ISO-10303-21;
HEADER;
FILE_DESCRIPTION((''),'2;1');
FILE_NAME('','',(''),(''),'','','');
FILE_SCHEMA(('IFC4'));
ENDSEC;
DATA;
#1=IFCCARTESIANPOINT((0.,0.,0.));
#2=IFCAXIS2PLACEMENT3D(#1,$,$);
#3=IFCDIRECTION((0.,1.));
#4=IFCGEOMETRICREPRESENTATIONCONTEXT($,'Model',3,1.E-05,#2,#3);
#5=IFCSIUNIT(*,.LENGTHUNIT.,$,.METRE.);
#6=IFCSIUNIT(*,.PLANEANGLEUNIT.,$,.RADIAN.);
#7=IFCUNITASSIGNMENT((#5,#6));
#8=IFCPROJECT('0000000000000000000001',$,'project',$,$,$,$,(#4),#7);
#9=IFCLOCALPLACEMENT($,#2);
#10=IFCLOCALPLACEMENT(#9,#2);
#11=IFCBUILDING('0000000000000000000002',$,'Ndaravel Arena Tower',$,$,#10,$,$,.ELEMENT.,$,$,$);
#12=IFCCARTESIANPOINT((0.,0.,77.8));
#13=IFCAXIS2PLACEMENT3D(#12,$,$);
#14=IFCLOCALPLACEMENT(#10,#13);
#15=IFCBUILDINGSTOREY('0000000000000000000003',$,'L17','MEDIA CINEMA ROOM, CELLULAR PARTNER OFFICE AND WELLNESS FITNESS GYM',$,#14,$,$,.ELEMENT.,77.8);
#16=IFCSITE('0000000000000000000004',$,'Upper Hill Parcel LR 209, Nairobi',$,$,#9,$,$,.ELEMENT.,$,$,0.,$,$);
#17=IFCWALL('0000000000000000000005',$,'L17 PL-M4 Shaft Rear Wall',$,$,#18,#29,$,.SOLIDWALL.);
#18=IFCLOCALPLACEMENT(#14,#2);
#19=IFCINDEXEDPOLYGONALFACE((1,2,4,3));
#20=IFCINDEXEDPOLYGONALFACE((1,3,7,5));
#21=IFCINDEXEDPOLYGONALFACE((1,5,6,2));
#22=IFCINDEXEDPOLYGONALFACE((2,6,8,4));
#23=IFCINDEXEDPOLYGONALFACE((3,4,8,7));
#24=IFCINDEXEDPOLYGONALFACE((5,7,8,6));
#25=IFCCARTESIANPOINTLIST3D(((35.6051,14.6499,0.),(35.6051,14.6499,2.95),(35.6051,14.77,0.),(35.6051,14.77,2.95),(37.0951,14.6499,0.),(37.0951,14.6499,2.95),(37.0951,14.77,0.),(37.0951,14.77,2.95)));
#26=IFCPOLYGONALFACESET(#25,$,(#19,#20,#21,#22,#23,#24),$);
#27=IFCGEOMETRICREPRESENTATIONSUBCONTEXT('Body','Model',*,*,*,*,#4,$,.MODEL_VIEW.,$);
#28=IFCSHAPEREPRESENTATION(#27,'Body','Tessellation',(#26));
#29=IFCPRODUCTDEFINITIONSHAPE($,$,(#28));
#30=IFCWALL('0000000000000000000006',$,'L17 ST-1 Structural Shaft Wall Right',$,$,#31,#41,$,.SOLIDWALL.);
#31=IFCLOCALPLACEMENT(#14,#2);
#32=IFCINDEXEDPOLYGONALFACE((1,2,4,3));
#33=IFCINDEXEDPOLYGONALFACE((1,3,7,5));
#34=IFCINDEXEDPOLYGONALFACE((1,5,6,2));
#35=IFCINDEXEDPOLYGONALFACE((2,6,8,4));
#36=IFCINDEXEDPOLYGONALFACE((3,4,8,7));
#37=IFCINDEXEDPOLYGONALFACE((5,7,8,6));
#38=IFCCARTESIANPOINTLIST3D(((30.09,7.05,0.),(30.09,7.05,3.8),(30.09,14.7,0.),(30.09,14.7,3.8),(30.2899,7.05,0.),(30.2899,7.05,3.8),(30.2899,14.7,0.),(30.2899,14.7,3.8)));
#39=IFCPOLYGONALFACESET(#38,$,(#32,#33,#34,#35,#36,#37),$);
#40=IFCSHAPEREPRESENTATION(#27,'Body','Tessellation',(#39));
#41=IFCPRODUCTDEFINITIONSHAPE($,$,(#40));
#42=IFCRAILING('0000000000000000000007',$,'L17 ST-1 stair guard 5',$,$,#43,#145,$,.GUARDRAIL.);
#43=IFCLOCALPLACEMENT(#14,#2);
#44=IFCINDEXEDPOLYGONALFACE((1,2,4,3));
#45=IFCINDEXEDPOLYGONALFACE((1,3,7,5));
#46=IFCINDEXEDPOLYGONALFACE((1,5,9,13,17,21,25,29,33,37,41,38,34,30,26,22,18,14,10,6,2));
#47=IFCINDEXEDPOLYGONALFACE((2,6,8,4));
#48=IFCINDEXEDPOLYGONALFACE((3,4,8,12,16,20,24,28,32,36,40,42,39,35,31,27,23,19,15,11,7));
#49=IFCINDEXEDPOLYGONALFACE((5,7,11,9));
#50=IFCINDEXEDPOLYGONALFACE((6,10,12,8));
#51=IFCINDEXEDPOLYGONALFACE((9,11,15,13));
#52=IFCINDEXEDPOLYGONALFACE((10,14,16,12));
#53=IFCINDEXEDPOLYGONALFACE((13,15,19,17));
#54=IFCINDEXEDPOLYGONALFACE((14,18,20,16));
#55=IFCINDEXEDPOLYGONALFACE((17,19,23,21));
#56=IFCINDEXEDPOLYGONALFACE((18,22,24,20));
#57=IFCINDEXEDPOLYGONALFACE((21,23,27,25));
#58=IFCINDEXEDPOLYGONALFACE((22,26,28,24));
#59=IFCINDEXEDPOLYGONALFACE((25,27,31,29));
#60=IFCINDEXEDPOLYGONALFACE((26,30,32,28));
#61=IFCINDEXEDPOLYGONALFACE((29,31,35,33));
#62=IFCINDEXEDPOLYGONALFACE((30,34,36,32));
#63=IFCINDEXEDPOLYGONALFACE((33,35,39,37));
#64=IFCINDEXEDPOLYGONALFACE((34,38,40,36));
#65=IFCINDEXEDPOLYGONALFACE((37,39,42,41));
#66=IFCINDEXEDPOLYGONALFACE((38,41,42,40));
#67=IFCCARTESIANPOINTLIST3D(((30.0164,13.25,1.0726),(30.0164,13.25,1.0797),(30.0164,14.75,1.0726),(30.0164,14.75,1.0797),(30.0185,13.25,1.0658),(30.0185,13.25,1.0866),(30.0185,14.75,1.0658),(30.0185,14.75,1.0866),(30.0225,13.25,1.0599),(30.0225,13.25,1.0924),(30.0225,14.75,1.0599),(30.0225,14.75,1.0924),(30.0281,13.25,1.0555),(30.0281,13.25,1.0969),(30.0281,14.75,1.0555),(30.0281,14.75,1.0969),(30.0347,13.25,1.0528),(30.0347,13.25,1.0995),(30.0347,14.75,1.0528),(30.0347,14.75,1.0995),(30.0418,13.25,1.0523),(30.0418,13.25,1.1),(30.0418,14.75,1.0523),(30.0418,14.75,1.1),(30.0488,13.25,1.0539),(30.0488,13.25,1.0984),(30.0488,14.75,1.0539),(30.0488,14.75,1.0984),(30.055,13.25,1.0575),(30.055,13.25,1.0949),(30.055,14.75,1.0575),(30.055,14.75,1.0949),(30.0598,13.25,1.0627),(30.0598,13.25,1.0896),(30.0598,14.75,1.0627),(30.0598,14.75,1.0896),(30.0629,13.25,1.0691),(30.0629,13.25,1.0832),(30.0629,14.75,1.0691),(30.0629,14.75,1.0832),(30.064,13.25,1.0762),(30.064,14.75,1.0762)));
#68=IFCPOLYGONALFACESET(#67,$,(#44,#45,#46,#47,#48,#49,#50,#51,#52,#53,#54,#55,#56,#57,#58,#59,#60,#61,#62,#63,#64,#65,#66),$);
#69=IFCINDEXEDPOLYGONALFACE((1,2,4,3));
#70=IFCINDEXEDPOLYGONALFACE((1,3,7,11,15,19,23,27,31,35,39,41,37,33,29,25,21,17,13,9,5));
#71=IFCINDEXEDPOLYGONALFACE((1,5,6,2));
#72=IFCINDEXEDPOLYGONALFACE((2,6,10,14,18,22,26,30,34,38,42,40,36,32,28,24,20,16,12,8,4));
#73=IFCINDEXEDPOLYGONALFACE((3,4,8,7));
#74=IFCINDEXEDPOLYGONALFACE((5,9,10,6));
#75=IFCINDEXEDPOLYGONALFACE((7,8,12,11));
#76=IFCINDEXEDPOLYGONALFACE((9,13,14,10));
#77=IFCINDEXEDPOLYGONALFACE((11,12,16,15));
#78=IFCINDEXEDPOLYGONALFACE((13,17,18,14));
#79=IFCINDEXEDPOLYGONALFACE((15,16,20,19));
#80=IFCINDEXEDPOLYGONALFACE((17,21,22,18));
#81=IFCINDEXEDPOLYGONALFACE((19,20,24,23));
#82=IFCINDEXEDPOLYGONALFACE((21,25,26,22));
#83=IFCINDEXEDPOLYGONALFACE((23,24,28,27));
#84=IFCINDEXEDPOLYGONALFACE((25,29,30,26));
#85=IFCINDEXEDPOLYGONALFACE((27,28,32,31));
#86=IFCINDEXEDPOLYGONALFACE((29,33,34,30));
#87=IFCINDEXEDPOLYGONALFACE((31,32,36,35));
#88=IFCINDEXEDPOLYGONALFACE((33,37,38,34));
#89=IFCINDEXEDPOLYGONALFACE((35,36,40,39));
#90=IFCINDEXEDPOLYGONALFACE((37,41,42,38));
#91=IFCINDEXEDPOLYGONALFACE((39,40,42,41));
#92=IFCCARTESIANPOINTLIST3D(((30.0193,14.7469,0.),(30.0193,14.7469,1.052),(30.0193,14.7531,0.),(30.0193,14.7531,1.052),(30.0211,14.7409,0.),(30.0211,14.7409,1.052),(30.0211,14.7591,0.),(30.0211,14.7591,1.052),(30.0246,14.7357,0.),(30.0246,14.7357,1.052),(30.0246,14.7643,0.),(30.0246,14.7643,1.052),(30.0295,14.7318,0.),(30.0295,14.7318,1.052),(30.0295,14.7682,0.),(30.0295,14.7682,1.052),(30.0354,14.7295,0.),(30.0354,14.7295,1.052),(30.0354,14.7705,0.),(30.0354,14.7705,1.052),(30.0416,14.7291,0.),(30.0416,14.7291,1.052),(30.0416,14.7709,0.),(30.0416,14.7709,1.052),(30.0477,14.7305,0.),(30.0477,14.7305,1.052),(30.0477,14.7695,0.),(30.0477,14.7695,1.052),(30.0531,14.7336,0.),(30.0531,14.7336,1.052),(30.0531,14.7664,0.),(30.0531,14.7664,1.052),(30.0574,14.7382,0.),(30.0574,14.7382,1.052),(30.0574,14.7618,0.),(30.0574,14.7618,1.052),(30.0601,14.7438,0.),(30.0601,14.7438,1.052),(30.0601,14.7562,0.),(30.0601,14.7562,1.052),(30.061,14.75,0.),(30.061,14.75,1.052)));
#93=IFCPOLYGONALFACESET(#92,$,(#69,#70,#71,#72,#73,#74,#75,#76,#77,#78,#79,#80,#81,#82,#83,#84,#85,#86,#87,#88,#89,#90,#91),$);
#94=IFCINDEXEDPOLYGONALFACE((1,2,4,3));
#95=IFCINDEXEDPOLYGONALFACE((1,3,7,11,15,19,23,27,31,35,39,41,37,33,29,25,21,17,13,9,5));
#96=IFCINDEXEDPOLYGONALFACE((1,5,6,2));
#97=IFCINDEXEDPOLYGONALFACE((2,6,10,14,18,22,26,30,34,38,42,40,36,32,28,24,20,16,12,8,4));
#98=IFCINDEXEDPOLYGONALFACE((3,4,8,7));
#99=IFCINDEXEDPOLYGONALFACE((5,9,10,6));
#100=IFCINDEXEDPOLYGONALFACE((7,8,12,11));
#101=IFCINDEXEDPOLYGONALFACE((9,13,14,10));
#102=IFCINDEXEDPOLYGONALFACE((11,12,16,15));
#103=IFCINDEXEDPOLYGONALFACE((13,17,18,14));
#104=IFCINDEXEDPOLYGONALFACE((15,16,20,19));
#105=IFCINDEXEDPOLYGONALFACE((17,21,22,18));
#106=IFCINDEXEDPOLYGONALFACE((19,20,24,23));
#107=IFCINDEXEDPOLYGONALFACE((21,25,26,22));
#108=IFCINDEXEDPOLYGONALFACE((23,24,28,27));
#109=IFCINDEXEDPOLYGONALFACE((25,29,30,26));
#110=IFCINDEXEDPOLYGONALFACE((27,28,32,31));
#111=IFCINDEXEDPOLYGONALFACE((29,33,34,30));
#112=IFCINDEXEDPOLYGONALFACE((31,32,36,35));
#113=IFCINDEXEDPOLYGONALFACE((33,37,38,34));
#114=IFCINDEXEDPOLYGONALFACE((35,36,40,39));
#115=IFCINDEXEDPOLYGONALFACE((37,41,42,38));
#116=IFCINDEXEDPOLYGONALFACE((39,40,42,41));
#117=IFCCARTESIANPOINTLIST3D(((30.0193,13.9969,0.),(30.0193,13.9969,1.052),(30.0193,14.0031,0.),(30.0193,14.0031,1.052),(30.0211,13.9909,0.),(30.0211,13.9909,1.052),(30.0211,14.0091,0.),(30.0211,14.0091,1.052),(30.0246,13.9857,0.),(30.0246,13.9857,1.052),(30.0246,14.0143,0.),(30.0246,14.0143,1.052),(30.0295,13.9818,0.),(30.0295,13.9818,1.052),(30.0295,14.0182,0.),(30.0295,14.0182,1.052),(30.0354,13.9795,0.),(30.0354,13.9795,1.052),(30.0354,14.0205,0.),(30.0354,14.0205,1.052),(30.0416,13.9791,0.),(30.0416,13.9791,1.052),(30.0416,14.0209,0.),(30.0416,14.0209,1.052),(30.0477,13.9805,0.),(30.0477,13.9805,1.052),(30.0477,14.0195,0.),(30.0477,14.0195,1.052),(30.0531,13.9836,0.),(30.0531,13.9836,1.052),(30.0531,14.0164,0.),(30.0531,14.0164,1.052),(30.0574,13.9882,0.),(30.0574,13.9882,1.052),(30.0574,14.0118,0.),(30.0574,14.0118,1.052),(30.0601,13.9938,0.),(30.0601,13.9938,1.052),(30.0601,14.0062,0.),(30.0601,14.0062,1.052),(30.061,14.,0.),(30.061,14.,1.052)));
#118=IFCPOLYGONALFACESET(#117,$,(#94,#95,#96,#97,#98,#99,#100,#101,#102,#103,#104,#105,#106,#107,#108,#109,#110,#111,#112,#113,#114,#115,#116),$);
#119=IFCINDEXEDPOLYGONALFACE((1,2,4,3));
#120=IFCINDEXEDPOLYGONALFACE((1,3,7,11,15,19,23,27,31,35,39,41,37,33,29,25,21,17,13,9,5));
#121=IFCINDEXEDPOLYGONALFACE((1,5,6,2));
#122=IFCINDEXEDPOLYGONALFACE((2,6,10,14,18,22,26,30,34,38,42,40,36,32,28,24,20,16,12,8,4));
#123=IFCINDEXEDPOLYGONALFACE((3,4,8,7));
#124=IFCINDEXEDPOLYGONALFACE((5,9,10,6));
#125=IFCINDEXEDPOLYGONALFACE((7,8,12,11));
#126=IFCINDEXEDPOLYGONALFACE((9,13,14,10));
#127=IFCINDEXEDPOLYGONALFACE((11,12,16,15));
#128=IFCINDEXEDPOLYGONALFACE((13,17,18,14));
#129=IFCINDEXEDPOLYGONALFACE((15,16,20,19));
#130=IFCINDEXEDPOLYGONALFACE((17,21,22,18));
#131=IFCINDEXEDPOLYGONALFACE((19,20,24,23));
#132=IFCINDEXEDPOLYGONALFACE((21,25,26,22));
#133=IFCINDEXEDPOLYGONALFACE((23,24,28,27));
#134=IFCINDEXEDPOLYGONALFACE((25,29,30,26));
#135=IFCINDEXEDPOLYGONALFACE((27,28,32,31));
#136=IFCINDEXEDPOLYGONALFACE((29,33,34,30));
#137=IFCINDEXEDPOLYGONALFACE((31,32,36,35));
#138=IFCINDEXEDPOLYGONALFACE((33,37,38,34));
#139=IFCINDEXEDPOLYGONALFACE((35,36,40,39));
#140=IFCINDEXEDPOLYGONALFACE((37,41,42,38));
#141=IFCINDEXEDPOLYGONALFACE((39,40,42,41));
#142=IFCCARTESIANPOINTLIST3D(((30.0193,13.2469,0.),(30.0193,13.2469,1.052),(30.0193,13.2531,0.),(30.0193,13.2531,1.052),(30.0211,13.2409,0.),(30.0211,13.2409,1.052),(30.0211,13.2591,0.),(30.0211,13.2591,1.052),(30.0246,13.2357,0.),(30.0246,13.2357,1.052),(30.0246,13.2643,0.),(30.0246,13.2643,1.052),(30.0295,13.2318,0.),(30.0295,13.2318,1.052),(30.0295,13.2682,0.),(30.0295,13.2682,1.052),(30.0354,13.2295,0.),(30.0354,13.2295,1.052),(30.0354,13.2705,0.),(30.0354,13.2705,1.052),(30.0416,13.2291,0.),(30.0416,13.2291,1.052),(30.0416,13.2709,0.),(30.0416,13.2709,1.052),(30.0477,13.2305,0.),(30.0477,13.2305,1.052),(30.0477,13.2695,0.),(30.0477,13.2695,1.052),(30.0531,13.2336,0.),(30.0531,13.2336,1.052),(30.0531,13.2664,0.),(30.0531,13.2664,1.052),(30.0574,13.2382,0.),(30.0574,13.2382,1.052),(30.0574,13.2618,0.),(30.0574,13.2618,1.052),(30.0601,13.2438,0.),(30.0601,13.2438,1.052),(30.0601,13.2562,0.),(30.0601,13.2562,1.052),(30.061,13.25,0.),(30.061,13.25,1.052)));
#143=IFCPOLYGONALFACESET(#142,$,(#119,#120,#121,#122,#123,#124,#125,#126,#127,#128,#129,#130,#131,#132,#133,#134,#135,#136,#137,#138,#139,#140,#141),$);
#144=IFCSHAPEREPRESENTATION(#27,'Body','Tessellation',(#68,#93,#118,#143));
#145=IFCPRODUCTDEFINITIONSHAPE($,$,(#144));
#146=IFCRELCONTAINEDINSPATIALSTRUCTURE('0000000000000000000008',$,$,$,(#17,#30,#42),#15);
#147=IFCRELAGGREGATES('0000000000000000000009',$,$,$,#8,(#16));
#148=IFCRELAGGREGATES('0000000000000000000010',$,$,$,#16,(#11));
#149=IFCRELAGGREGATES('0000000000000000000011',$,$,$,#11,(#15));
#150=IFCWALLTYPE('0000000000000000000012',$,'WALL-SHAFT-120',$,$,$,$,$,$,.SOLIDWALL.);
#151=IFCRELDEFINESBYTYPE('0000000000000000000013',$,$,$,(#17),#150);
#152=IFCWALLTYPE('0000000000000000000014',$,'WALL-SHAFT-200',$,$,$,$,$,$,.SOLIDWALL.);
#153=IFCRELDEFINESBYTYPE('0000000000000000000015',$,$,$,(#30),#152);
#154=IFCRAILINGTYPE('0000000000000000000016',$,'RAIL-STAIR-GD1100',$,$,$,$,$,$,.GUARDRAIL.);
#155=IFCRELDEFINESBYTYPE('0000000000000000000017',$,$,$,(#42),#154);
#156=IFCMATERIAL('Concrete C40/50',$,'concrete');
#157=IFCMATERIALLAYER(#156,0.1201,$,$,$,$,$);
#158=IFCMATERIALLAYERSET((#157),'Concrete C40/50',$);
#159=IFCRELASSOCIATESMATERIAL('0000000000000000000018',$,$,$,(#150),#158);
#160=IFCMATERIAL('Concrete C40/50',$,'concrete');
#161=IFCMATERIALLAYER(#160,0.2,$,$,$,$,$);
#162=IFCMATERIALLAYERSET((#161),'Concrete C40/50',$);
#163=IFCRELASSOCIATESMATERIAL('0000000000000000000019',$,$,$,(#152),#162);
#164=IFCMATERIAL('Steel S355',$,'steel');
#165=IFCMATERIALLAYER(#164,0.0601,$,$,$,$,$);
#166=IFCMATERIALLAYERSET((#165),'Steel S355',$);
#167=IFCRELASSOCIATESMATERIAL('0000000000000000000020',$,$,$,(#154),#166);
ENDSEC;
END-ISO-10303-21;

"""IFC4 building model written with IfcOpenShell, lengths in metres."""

from ifc_helpers import new_model, si_unit, direction, frame, frame_2d, origin, origin_2d, place, context, subcontext, project, spatial, rectangle, circle, extrude, material, layer, layer_set, type_object, element, save


model = new_model("IFC4")

# Units and contexts
model_context = context("Model", 3, precision=1e-05, world=origin(), true_north=direction((0.0, 1.0)))
body_context = subcontext(model_context, "Body", "Model", "MODEL_VIEW")
ifc_project = project(units=[si_unit("LENGTHUNIT", "METRE"), si_unit("PLANEANGLEUNIT", "RADIAN")], contexts=[model_context])

# Site, building, storey
site_placement = place(None, origin())
site = spatial("IfcSite", under=ifc_project, at=site_placement, Name="Upper Hill Parcel LR 209, Nairobi", CompositionType="ELEMENT", RefElevation=0.0)
building_placement = place(site_placement, origin())
building = spatial("IfcBuilding", under=site, at=building_placement, Name="Ndaravel Arena Tower", CompositionType="ELEMENT")
storey_placement = place(building_placement, frame((0.0, 0.0, 77.8)))
storey = spatial("IfcBuildingStorey", under=building, at=storey_placement, Name="L17", Description="MEDIA CINEMA ROOM, CELLULAR PARTNER OFFICE AND WELLNESS FITNESS GYM", CompositionType="ELEMENT", Elevation=77.8)

# Walls
ifc_material_1 = material(Name="Concrete C40/50", Category="concrete")
ifc_layer_1 = layer(ifc_material_1, 0.1201)
ifc_layer_set_1 = layer_set([ifc_layer_1], Name="Concrete C40/50")
wall_type_1 = type_object("IfcWallType", Name="WALL-SHAFT-120", PredefinedType="SOLIDWALL", material=ifc_layer_set_1)
wall_1_placement = place(storey_placement, frame((35.605, 14.71, 0.0), z_axis=(0.0, 0.0, 1.0), x_axis=(1.0, 0.0, 0.0)))
element("IfcWall", 1, at=wall_1_placement, inside=storey, type_object=wall_type_1, Name="L17 PL-M4 Shaft Rear Wall", PredefinedType="SOLIDWALL", context=body_context, shape_type="SweptSolid", body=[
    extrude(rectangle(XDim=1.49, YDim=0.1201, at=frame_2d((0.7451, 0.0))), origin(), (0.0, 0.0, 1.0), 2.95),
])
ifc_material_2 = material(Name="Concrete C40/50", Category="concrete")
ifc_layer_2 = layer(ifc_material_2, 0.2)
ifc_layer_set_2 = layer_set([ifc_layer_2], Name="Concrete C40/50")
wall_type_2 = type_object("IfcWallType", Name="WALL-SHAFT-200", PredefinedType="SOLIDWALL", material=ifc_layer_set_2)
wall_2_placement = place(storey_placement, frame((30.1899, 14.7, 0.0), z_axis=(0.0, 0.0, 1.0), x_axis=(0.0, -1.0, 0.0)))
element("IfcWall", 2, at=wall_2_placement, inside=storey, type_object=wall_type_2, Name="L17 ST-1 Structural Shaft Wall Right", PredefinedType="SOLIDWALL", context=body_context, shape_type="SweptSolid", body=[
    extrude(rectangle(XDim=7.6499, YDim=0.2, at=frame_2d((3.825, 0.0))), origin(), (0.0, 0.0, 1.0), 3.8),
])

# Railing
ifc_material_3 = material(Name="Steel S355", Category="steel")
ifc_layer_3 = layer(ifc_material_3, 0.0601)
ifc_layer_set_3 = layer_set([ifc_layer_3], Name="Steel S355")
railing_type = type_object("IfcRailingType", Name="RAIL-STAIR-GD1100", PredefinedType="GUARDRAIL", material=ifc_layer_set_3)
railing_placement = place(storey_placement, frame((30.04, 14.75, 0.0)))
element("IfcRailing", 3, at=railing_placement, inside=storey, type_object=railing_type, Name="L17 ST-1 stair guard 5", PredefinedType="GUARDRAIL", context=body_context, shape_type="SweptSolid", body=[
    extrude(circle(Radius=0.0239, at=origin_2d()), frame((0.0, 0.0, 1.0762), z_axis=(0.0, -1.0, 0.0), x_axis=(1.0, 0.0, 0.0)), (0.0, 0.0, 1.0), 1.5),
    extrude(circle(Radius=0.021, at=origin_2d()), origin(), (0.0, 0.0, 1.0), 1.052),
    extrude(circle(Radius=0.021, at=origin_2d()), frame((0.0, -0.75, 0.0)), (0.0, 0.0, 1.0), 1.052),
    extrude(circle(Radius=0.021, at=origin_2d()), frame((0.0, -1.5, 0.0)), (0.0, 0.0, 1.0), 1.052),
])

save(model, "model.ifc")
